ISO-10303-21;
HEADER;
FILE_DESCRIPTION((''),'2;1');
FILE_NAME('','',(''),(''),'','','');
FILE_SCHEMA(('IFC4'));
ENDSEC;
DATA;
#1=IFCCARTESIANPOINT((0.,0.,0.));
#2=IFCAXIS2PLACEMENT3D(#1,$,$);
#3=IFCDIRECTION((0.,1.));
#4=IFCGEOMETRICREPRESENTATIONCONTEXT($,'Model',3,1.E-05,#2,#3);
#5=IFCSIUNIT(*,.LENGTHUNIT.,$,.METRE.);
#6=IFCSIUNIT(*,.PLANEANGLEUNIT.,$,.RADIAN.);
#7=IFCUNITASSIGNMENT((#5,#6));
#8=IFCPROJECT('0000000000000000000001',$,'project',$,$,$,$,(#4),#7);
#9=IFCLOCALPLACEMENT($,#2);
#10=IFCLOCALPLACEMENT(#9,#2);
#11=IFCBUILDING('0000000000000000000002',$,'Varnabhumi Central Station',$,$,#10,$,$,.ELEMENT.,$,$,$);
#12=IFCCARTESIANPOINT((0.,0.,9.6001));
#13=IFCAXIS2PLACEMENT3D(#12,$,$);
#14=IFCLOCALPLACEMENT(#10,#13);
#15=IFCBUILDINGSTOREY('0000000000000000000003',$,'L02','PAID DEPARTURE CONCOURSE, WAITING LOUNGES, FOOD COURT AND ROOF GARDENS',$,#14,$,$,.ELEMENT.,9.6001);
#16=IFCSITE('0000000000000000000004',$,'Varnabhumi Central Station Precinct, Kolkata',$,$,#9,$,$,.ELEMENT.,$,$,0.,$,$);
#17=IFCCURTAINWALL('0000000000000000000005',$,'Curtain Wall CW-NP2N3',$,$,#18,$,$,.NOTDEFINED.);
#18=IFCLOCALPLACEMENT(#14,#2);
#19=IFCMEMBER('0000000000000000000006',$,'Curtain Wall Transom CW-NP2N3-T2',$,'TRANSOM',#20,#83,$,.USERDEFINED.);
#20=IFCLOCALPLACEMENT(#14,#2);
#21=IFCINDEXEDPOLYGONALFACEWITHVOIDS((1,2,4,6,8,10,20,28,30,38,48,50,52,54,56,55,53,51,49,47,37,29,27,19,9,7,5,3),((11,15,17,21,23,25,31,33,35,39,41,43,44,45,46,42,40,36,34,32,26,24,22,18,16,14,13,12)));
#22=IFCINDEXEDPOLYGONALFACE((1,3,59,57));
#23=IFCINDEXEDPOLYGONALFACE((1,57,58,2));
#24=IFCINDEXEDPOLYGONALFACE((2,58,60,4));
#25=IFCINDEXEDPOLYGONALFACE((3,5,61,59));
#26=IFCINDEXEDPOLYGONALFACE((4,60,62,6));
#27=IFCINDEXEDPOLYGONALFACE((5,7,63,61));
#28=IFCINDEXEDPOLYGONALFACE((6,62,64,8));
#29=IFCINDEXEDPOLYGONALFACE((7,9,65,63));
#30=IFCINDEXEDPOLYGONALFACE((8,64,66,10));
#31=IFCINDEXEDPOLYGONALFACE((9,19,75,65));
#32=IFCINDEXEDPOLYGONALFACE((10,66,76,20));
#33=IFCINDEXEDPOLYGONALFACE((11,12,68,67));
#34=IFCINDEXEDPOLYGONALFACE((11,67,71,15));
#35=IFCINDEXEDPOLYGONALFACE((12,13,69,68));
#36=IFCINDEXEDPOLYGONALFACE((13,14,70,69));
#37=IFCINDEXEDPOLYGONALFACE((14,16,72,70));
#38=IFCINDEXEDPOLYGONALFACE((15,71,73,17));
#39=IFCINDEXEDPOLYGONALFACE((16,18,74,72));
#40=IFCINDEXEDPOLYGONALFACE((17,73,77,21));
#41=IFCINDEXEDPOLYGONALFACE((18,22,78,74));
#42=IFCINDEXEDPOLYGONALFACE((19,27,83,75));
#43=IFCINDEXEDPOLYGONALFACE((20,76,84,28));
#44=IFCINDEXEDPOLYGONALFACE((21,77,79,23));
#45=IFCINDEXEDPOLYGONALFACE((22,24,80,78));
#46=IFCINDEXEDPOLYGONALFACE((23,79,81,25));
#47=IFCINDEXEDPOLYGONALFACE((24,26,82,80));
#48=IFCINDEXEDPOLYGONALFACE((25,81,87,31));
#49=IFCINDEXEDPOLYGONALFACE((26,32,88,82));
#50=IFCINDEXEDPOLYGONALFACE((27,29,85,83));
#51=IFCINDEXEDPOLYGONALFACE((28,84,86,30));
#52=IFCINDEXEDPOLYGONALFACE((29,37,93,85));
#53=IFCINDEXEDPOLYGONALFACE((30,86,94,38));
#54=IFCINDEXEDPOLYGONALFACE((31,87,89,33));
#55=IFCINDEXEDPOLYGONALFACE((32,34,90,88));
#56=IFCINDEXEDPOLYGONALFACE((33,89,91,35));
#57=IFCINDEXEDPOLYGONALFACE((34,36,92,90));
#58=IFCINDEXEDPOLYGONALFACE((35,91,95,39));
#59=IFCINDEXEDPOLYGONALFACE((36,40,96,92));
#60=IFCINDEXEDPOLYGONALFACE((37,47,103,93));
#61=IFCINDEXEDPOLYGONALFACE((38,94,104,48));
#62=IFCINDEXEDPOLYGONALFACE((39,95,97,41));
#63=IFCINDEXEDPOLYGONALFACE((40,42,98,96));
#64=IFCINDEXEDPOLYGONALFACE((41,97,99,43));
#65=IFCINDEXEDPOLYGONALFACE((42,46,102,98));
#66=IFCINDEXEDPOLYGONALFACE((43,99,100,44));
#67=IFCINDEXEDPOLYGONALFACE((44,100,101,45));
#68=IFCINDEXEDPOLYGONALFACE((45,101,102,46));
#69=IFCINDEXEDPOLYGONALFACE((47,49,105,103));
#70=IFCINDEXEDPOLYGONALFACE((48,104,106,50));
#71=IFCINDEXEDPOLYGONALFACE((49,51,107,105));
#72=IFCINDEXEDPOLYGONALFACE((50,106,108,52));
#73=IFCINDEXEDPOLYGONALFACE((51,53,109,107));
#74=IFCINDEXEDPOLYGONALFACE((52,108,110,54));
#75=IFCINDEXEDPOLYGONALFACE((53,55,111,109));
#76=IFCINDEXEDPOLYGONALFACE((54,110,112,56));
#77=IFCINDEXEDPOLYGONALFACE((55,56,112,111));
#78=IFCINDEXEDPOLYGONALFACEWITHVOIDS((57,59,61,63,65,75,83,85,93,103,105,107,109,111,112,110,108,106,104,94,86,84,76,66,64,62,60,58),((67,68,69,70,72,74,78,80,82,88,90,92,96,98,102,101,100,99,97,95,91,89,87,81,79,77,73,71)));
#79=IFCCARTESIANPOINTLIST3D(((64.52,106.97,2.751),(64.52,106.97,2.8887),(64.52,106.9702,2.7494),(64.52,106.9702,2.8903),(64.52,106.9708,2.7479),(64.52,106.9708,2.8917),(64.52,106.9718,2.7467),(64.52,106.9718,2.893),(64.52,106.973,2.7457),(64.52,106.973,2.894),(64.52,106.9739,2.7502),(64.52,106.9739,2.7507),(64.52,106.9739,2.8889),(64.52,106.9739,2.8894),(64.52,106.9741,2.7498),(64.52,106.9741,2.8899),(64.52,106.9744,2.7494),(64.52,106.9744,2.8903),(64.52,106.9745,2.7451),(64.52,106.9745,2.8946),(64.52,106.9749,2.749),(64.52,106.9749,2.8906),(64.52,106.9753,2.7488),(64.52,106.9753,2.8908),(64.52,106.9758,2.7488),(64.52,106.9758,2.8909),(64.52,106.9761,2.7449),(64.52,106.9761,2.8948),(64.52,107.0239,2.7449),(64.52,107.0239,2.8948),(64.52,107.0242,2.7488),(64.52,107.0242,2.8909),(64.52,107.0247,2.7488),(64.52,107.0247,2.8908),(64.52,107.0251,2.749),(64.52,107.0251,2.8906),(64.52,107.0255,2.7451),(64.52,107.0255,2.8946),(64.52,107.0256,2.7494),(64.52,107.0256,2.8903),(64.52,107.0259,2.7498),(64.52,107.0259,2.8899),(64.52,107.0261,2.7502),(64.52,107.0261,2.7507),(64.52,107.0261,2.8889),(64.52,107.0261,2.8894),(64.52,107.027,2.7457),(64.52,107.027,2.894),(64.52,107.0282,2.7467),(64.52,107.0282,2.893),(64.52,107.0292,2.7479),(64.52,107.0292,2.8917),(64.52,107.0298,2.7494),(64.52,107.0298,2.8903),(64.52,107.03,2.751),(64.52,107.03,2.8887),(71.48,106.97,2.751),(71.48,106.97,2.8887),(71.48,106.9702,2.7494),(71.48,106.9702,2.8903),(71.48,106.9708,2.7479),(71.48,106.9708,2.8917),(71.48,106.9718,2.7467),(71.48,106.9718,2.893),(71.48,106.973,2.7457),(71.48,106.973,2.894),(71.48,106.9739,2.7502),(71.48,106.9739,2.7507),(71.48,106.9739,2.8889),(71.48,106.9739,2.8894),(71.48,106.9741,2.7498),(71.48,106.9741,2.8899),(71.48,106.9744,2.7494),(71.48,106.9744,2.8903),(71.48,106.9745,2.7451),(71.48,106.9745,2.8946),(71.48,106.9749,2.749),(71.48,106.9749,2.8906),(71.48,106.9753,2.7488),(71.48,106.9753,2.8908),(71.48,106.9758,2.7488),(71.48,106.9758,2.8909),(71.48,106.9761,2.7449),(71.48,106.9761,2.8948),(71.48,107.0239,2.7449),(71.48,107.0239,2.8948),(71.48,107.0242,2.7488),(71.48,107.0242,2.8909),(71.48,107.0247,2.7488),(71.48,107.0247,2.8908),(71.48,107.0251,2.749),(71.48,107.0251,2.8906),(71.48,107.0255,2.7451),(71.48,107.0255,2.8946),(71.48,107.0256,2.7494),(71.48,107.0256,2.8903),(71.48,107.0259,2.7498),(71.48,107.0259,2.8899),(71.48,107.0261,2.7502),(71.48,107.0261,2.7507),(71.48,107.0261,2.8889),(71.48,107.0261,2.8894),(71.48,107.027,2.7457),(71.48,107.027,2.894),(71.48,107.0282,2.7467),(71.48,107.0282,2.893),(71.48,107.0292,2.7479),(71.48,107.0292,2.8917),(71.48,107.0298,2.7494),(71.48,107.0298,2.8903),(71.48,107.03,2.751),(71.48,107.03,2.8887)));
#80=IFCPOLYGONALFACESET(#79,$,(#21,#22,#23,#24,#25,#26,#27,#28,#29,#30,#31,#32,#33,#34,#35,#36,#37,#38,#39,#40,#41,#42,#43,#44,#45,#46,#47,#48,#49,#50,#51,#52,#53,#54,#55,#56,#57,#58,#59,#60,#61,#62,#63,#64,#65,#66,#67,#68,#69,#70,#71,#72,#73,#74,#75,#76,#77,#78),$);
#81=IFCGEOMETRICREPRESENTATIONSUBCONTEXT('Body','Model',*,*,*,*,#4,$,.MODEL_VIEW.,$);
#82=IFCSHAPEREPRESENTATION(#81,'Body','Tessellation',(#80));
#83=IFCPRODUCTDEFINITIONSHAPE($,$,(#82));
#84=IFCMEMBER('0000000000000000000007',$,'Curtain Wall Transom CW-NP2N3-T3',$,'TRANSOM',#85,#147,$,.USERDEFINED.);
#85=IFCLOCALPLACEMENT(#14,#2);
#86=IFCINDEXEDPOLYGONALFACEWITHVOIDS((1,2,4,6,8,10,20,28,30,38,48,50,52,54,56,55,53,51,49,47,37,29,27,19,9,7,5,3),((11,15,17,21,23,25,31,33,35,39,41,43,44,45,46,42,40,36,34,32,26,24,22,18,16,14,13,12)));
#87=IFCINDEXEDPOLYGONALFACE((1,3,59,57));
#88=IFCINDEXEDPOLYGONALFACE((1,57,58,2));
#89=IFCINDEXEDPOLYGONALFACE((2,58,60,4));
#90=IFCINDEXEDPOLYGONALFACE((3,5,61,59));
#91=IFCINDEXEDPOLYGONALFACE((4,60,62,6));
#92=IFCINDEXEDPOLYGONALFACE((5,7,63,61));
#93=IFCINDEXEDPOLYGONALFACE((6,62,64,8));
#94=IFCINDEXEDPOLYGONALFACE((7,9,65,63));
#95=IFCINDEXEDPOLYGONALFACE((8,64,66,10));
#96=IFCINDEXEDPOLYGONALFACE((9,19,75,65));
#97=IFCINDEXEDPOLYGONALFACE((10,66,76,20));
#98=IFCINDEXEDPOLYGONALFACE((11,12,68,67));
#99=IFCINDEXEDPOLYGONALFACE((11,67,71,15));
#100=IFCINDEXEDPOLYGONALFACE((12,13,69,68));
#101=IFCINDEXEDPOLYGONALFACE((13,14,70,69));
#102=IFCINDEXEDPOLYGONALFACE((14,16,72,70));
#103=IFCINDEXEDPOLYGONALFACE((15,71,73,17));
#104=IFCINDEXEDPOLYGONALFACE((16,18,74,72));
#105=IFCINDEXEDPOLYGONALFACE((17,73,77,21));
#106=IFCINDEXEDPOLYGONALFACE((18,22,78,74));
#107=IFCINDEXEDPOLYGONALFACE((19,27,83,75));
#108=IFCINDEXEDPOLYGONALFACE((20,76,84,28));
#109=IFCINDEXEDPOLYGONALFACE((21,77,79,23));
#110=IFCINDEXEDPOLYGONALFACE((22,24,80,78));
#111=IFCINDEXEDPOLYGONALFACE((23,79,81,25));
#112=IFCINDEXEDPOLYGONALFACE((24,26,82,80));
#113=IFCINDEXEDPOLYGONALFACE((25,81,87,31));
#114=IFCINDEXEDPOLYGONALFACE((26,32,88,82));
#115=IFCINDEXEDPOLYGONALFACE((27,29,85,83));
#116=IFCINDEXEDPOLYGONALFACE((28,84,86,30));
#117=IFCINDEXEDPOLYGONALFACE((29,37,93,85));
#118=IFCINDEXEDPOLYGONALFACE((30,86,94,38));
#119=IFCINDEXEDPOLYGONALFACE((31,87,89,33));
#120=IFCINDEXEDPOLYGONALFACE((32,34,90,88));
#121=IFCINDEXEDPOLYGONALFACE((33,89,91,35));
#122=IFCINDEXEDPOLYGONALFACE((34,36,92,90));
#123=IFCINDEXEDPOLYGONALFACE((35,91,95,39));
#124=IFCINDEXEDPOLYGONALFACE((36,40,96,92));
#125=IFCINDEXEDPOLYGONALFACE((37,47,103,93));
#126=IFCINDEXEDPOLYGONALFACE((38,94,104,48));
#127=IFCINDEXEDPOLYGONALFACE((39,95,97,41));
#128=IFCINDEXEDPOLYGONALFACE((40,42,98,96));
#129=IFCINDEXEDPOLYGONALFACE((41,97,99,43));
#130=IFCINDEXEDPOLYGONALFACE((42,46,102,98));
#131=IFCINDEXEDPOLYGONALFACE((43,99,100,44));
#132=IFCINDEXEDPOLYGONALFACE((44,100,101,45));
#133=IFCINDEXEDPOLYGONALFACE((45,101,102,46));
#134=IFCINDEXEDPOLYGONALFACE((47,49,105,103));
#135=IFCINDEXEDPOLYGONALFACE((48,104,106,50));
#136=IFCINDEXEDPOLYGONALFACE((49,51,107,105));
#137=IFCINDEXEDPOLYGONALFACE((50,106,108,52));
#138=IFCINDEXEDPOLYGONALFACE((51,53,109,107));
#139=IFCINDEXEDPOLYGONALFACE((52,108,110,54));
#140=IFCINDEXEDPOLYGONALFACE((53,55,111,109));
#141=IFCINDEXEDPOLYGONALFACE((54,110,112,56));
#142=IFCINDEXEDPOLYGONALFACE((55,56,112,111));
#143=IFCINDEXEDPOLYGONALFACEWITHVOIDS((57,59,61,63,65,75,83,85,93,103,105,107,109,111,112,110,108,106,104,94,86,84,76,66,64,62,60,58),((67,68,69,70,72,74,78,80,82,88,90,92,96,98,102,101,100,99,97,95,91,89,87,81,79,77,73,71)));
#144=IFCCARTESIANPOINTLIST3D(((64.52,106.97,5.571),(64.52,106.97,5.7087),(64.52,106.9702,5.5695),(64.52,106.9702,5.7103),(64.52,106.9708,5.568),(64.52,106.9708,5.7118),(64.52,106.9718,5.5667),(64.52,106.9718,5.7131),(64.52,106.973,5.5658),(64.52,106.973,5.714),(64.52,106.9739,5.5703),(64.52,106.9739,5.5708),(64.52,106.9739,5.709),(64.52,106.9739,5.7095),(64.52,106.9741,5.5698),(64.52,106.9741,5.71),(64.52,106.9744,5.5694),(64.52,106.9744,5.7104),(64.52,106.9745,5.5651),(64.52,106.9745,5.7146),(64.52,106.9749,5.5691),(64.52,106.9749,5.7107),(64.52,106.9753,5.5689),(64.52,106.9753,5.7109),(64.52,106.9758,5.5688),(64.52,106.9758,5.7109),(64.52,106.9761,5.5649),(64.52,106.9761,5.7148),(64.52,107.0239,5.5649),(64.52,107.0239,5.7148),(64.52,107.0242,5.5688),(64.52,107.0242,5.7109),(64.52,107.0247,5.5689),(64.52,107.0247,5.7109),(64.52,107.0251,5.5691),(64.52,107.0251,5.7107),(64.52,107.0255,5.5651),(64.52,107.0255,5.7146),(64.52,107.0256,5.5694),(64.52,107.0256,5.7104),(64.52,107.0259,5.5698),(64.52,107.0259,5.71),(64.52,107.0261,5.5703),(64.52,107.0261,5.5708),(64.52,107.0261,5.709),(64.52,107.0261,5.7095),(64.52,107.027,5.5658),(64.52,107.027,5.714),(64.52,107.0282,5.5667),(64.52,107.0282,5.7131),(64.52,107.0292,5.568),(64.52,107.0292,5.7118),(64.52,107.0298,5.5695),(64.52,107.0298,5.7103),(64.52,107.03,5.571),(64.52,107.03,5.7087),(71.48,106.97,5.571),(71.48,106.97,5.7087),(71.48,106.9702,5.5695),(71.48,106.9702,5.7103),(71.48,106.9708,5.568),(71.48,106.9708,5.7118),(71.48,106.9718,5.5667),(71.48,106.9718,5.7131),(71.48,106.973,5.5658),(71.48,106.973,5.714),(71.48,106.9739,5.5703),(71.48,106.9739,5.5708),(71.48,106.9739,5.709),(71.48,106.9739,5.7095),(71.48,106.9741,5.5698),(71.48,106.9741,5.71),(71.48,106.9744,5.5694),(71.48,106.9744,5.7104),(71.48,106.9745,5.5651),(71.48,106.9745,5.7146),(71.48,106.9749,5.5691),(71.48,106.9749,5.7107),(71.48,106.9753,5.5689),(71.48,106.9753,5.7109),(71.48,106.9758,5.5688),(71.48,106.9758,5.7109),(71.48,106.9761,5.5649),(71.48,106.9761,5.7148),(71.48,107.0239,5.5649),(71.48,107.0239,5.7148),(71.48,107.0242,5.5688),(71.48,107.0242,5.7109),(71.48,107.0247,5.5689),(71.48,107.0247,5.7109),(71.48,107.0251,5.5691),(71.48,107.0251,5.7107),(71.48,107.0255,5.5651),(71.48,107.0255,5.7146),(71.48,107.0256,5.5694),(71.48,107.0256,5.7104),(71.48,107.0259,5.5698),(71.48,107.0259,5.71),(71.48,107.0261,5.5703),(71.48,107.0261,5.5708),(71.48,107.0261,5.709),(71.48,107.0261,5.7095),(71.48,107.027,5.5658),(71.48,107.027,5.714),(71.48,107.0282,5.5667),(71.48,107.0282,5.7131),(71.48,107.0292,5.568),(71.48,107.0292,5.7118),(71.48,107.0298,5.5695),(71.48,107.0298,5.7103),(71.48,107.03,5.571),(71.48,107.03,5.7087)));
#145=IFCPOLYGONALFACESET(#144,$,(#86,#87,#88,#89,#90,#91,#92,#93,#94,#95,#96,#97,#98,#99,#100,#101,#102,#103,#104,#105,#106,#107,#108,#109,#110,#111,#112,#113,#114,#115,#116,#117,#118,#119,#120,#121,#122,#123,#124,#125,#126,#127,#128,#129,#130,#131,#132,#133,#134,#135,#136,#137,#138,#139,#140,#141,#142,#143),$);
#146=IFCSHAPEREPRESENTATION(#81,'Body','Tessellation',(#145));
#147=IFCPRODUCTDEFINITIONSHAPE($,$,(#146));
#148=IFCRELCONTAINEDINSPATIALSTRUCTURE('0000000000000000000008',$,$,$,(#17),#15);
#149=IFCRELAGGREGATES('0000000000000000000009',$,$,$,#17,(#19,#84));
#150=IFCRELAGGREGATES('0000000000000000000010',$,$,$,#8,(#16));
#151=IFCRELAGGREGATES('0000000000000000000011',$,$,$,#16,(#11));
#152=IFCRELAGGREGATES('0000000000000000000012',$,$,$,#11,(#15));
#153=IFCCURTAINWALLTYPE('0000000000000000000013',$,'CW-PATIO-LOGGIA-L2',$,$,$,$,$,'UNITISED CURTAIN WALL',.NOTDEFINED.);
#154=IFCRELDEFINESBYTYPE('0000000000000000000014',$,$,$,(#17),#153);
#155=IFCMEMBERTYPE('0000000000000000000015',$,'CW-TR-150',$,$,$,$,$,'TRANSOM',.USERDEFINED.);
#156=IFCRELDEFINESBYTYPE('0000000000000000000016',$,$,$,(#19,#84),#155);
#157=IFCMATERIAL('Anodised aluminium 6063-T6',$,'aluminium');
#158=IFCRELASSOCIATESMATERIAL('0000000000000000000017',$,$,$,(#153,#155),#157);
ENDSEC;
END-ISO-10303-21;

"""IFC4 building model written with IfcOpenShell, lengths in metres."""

from ifc_helpers import new_model, si_unit, direction, frame, origin, origin_2d, place, context, subcontext, project, spatial, hollow_rectangle, extrude, material, material_profile, profile_set, type_object, element, aggregate, save


model = new_model("IFC4")

# Units and contexts
model_context = context("Model", 3, precision=1e-05, world=origin(), true_north=direction((0.0, 1.0)))
body_context = subcontext(model_context, "Body", "Model", "MODEL_VIEW")
ifc_project = project(units=[si_unit("LENGTHUNIT", "METRE"), si_unit("PLANEANGLEUNIT", "RADIAN")], contexts=[model_context])

# Site, building, storey
site_placement = place(None, origin())
site = spatial("IfcSite", under=ifc_project, at=site_placement, Name="Varnabhumi Central Station Precinct, Kolkata", CompositionType="ELEMENT", RefElevation=0.0)
building_placement = place(site_placement, origin())
building = spatial("IfcBuilding", under=site, at=building_placement, Name="Varnabhumi Central Station", CompositionType="ELEMENT")
storey_placement = place(building_placement, frame((0.0, 0.0, 9.6001)))
storey = spatial("IfcBuildingStorey", under=building, at=storey_placement, Name="L02", Description="PAID DEPARTURE CONCOURSE, WAITING LOUNGES, FOOD COURT AND ROOF GARDENS", CompositionType="ELEMENT", Elevation=9.6001)

# Shared definitions
ifc_material_1 = material(Name="Anodised aluminium 6063-T6", Category="aluminium")
curtain_wall_type = type_object("IfcCurtainWallType", Name="CW-PATIO-LOGGIA-L2", ElementType="UNITISED CURTAIN WALL", PredefinedType="NOTDEFINED", material=ifc_material_1)

# Curtain wall
curtain_wall_1_placement = place(storey_placement, origin())
curtain_wall_1 = element("IfcCurtainWall", 1, at=curtain_wall_1_placement, inside=storey, type_object=curtain_wall_type, Name="Curtain Wall CW-NP2N3", PredefinedType="NOTDEFINED")

# Members
ifc_material_profile_1 = material_profile(ifc_material_1, hollow_rectangle(XDim=0.0601, YDim=0.1499, WallThickness=0.0039, InnerFilletRadius=0.002, OuterFilletRadius=0.0061, at=origin_2d()), Name="Anodised aluminium 6063-T6", Category="aluminium")
ifc_profile_set_1 = profile_set([ifc_material_profile_1], Name="Anodised aluminium 6063-T6")
member_type_1 = type_object("IfcMemberType", Name="CW-TR-150", ElementType="TRANSOM", PredefinedType="USERDEFINED", material=ifc_profile_set_1)
member_1_placement = place(storey_placement, frame((64.52, 107.0, 2.8198), z_axis=(1.0, 0.0, 0.0), x_axis=(0.0, 1.0, 0.0)))
member_1 = element("IfcMember", 2, at=member_1_placement, type_object=member_type_1, Name="Curtain Wall Transom CW-NP2N3-T2", ObjectType="TRANSOM", PredefinedType="USERDEFINED", context=body_context, shape_type="SweptSolid", body=[
    extrude(hollow_rectangle(XDim=0.0601, YDim=0.1499, WallThickness=0.0039, InnerFilletRadius=0.002, OuterFilletRadius=0.0061, at=origin_2d()), origin(), (0.0, 0.0, 1.0), 6.96),
])
member_2_placement = place(storey_placement, frame((64.52, 107.0, 5.6399), z_axis=(1.0, 0.0, 0.0), x_axis=(0.0, 1.0, 0.0)))
member_2 = element("IfcMember", 3, at=member_2_placement, type_object=member_type_1, Name="Curtain Wall Transom CW-NP2N3-T3", ObjectType="TRANSOM", PredefinedType="USERDEFINED", context=body_context, shape_type="SweptSolid", body=[
    extrude(hollow_rectangle(XDim=0.0601, YDim=0.1499, WallThickness=0.0039, InnerFilletRadius=0.002, OuterFilletRadius=0.0061, at=origin_2d()), origin(), (0.0, 0.0, 1.0), 6.96),
])

aggregate(curtain_wall_1, [member_1, member_2])

save(model, "model.ifc")
